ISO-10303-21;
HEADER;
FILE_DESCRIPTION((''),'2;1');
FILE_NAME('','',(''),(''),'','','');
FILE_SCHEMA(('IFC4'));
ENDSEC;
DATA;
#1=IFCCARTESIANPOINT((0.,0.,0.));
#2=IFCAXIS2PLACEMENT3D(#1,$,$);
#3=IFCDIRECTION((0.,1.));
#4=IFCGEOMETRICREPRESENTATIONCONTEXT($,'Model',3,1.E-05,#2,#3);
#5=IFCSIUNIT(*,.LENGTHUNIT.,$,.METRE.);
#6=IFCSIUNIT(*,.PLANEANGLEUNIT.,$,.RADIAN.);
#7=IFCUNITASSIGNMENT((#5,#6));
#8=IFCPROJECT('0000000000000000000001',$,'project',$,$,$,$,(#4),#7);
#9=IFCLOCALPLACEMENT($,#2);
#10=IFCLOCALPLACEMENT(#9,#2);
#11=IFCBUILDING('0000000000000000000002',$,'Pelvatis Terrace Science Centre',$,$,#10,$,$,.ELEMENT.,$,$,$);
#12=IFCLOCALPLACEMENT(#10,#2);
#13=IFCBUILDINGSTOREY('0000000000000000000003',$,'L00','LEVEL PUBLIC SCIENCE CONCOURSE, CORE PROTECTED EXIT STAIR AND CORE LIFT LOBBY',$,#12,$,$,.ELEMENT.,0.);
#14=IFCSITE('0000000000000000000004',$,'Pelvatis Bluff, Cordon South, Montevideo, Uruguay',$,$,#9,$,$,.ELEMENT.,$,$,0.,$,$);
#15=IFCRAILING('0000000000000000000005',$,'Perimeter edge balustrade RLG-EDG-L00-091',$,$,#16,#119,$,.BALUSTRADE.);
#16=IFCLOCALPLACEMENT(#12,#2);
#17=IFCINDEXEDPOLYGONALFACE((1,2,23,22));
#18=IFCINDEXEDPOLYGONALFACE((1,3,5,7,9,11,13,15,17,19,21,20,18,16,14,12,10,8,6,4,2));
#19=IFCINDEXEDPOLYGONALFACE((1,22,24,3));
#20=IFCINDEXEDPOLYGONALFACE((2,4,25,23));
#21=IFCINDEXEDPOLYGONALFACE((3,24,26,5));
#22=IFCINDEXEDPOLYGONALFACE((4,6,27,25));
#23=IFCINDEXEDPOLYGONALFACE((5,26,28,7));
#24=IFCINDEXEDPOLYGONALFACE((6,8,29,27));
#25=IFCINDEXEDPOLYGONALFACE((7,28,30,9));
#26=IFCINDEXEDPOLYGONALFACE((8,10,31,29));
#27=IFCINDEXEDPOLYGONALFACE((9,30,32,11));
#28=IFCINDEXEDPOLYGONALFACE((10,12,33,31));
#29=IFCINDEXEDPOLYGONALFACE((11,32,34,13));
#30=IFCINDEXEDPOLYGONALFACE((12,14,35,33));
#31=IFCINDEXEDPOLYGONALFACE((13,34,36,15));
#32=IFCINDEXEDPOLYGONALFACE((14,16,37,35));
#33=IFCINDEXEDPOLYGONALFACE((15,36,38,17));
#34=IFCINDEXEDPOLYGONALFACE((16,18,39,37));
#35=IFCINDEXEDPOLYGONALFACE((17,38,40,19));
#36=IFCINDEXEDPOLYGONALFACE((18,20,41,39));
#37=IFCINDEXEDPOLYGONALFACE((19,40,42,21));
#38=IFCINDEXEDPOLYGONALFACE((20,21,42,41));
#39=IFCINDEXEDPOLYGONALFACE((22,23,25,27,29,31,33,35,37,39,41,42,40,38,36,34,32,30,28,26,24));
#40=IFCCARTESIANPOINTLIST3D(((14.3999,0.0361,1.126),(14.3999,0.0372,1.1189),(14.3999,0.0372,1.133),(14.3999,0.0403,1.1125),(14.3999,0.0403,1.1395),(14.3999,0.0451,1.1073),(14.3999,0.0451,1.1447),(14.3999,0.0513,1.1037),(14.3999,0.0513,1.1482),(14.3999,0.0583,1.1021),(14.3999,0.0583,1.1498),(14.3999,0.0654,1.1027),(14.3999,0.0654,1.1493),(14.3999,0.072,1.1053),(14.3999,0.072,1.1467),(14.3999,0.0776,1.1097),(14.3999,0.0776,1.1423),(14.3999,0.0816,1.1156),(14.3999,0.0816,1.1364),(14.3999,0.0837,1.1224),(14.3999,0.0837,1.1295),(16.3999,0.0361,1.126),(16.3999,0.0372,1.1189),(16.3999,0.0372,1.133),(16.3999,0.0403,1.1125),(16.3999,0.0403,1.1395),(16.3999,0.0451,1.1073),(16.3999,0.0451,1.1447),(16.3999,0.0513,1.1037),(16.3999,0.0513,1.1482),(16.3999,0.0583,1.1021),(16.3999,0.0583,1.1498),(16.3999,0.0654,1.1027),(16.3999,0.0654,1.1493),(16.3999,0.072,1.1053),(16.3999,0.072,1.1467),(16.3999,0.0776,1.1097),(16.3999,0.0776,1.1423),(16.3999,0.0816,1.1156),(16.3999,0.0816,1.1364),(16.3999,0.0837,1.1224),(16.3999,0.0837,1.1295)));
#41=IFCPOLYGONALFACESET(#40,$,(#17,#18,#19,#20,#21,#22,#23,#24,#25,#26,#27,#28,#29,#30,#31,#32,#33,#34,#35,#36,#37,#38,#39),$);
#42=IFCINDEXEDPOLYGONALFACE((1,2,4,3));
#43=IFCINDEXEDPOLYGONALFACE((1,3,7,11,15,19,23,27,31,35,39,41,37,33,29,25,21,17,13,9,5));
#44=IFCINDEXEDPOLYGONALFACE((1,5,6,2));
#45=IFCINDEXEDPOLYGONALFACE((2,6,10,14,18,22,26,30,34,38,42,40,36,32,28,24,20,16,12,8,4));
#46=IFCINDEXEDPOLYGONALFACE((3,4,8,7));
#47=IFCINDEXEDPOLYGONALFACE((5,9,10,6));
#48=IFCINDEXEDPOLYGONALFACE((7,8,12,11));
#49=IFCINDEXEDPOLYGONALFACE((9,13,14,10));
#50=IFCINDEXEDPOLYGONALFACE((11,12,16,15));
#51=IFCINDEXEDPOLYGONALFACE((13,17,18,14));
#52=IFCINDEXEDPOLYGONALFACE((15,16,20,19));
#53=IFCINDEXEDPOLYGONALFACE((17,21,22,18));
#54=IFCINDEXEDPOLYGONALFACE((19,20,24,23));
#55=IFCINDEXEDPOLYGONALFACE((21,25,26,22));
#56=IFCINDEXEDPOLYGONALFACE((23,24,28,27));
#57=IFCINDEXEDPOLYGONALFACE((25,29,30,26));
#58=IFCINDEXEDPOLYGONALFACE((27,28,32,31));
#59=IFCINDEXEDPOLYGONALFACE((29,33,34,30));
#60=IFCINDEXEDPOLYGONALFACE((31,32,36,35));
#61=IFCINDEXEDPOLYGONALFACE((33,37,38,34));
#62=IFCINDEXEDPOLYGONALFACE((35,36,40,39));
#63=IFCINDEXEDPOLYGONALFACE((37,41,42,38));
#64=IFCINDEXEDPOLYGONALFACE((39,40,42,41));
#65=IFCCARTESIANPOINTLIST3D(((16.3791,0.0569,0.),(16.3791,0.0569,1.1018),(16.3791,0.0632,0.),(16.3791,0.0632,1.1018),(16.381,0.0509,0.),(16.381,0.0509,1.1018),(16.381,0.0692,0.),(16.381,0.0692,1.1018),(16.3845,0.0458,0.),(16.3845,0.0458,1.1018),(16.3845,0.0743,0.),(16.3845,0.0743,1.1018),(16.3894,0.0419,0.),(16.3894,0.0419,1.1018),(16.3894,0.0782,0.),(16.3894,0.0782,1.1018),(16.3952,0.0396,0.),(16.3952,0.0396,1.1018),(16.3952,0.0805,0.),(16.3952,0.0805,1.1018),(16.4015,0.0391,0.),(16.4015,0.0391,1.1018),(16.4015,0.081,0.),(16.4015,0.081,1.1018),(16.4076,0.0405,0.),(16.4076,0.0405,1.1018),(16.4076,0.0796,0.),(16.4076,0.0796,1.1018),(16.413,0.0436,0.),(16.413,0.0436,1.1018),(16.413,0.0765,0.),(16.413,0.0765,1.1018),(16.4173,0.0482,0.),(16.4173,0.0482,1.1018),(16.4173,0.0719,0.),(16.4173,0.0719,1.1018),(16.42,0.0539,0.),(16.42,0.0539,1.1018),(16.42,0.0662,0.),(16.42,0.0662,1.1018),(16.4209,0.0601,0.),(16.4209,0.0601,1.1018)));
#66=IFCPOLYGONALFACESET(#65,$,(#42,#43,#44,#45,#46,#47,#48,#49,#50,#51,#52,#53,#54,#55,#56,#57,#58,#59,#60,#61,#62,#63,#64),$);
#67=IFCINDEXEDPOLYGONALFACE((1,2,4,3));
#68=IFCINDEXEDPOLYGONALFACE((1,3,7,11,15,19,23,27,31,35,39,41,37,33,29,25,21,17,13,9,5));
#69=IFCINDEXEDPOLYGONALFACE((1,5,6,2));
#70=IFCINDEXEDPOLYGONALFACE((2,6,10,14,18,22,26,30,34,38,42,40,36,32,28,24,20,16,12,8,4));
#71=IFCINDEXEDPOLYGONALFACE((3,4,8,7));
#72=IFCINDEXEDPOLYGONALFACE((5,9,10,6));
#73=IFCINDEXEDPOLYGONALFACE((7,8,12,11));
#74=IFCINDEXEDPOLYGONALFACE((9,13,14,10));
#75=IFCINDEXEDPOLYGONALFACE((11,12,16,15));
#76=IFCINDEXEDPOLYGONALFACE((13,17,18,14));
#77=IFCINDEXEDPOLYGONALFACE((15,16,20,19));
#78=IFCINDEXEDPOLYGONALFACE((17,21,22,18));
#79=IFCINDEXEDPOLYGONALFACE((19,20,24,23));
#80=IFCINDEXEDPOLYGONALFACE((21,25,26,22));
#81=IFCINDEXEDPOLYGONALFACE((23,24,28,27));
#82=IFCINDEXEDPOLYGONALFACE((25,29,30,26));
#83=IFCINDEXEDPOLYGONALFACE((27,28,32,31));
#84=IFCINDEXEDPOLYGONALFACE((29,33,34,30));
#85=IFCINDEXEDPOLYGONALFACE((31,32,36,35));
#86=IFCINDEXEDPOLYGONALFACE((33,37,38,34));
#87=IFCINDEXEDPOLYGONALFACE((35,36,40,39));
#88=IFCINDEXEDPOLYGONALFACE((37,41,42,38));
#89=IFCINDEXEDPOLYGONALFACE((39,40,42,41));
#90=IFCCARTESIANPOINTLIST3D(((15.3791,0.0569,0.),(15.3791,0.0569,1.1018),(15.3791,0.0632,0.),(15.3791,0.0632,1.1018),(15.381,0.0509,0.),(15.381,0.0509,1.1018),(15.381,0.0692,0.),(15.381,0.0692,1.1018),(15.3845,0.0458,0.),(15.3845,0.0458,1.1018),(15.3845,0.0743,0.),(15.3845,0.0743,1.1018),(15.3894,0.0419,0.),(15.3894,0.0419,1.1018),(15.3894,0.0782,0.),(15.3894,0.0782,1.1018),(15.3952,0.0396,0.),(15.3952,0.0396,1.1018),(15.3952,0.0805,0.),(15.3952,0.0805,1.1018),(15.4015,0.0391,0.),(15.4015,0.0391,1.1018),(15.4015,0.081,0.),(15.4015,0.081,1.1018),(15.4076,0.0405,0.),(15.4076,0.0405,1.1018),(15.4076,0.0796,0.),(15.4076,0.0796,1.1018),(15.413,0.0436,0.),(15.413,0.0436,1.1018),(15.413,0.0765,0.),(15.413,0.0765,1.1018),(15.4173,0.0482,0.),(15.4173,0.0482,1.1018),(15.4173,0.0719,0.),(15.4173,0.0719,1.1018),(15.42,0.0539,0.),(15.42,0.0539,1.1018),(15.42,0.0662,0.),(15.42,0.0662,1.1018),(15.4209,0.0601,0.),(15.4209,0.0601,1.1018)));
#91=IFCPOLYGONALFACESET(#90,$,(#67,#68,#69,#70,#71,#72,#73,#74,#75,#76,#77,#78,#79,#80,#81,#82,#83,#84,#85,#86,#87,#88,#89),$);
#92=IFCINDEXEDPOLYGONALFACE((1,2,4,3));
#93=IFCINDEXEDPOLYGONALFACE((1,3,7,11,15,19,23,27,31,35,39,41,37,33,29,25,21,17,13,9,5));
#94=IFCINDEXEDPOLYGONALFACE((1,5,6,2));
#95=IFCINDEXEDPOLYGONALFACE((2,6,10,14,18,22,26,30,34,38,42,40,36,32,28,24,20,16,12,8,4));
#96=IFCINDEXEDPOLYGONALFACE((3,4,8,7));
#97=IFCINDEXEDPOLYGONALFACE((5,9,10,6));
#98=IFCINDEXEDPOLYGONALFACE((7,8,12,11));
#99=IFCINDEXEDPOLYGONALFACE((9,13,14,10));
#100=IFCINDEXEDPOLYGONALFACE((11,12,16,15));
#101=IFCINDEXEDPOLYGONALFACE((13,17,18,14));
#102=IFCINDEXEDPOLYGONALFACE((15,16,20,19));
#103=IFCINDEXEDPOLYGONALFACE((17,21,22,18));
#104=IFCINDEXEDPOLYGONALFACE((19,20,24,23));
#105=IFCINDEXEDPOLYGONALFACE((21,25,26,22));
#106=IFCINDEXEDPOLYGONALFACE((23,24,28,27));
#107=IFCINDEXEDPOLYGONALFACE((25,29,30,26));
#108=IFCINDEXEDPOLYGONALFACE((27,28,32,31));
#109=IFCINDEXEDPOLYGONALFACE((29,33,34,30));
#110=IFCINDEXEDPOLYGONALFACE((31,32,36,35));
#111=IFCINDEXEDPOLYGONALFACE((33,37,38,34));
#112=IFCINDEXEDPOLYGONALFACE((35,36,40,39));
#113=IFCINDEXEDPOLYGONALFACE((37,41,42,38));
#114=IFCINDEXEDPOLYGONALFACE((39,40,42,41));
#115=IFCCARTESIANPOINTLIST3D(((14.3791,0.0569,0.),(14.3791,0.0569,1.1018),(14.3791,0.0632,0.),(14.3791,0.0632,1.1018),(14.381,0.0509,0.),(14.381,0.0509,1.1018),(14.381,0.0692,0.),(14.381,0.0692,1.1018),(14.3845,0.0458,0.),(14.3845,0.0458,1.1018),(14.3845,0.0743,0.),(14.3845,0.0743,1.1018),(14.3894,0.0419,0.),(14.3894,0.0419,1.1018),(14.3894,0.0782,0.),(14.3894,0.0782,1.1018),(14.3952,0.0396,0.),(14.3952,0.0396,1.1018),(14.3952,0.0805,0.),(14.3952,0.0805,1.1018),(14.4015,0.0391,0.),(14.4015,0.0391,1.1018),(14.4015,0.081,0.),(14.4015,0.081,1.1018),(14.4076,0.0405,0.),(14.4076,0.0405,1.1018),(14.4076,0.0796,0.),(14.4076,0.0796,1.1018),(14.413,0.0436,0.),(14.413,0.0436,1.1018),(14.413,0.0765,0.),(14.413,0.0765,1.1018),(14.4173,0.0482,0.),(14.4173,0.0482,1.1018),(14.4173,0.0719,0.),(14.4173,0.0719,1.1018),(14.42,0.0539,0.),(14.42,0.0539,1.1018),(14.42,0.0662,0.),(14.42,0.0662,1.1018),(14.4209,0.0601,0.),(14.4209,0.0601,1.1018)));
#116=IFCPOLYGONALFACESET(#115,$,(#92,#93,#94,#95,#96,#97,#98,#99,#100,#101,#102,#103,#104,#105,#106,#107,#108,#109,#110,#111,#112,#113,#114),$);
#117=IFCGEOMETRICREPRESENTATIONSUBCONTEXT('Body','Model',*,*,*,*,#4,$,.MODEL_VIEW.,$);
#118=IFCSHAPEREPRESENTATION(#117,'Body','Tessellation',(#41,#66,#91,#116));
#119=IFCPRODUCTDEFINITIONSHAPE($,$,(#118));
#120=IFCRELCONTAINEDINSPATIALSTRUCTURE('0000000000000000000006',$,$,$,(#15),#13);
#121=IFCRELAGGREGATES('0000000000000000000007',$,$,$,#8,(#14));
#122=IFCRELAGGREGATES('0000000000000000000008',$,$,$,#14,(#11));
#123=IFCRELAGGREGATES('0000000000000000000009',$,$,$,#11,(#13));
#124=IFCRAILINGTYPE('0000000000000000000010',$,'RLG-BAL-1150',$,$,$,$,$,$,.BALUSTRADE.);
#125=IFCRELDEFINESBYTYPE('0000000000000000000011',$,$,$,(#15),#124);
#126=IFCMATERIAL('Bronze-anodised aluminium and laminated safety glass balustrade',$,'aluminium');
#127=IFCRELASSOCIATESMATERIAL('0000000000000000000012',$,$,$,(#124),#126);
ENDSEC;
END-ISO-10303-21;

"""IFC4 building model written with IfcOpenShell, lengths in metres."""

from ifc_helpers import new_model, si_unit, direction, frame, origin, origin_2d, place, context, subcontext, project, spatial, circle, extrude, material, type_object, element, save


model = new_model("IFC4")

# Units and contexts
model_context = context("Model", 3, precision=1e-05, world=origin(), true_north=direction((0.0, 1.0)))
body_context = subcontext(model_context, "Body", "Model", "MODEL_VIEW")
ifc_project = project(units=[si_unit("LENGTHUNIT", "METRE"), si_unit("PLANEANGLEUNIT", "RADIAN")], contexts=[model_context])

# Site, building, storey
site_placement = place(None, origin())
site = spatial("IfcSite", under=ifc_project, at=site_placement, Name="Pelvatis Bluff, Cordon South, Montevideo, Uruguay", CompositionType="ELEMENT", RefElevation=0.0)
building_placement = place(site_placement, origin())
building = spatial("IfcBuilding", under=site, at=building_placement, Name="Pelvatis Terrace Science Centre", CompositionType="ELEMENT")
storey_placement = place(building_placement, origin())
storey = spatial("IfcBuildingStorey", under=building, at=storey_placement, Name="L00", Description="LEVEL PUBLIC SCIENCE CONCOURSE, CORE PROTECTED EXIT STAIR AND CORE LIFT LOBBY", CompositionType="ELEMENT", Elevation=0.0)

# Railing
ifc_material_1 = material(Name="Bronze-anodised aluminium and laminated safety glass balustrade", Category="aluminium")
railing_type = type_object("IfcRailingType", Name="RLG-BAL-1150", PredefinedType="BALUSTRADE", material=ifc_material_1)
railing_1_placement = place(storey_placement, frame((16.3999, 0.0601, 0.0)))
element("IfcRailing", 1, at=railing_1_placement, inside=storey, type_object=railing_type, Name="Perimeter edge balustrade RLG-EDG-L00-091", PredefinedType="BALUSTRADE", context=body_context, shape_type="SweptSolid", body=[
    extrude(circle(Radius=0.0239, at=origin_2d()), frame((0.0, 0.0, 1.126), z_axis=(-1.0, 0.0, 0.0), x_axis=(0.0, -1.0, 0.0)), (0.0, 0.0, 1.0), 2.0),
    extrude(circle(Radius=0.021, at=origin_2d()), origin(), (0.0, 0.0, 1.0), 1.1018),
    extrude(circle(Radius=0.021, at=origin_2d()), frame((-1.0, 0.0, 0.0)), (0.0, 0.0, 1.0), 1.1018),
    extrude(circle(Radius=0.021, at=origin_2d()), frame((-2.0, 0.0, 0.0)), (0.0, 0.0, 1.0), 1.1018),
])

save(model, "model.ifc")
